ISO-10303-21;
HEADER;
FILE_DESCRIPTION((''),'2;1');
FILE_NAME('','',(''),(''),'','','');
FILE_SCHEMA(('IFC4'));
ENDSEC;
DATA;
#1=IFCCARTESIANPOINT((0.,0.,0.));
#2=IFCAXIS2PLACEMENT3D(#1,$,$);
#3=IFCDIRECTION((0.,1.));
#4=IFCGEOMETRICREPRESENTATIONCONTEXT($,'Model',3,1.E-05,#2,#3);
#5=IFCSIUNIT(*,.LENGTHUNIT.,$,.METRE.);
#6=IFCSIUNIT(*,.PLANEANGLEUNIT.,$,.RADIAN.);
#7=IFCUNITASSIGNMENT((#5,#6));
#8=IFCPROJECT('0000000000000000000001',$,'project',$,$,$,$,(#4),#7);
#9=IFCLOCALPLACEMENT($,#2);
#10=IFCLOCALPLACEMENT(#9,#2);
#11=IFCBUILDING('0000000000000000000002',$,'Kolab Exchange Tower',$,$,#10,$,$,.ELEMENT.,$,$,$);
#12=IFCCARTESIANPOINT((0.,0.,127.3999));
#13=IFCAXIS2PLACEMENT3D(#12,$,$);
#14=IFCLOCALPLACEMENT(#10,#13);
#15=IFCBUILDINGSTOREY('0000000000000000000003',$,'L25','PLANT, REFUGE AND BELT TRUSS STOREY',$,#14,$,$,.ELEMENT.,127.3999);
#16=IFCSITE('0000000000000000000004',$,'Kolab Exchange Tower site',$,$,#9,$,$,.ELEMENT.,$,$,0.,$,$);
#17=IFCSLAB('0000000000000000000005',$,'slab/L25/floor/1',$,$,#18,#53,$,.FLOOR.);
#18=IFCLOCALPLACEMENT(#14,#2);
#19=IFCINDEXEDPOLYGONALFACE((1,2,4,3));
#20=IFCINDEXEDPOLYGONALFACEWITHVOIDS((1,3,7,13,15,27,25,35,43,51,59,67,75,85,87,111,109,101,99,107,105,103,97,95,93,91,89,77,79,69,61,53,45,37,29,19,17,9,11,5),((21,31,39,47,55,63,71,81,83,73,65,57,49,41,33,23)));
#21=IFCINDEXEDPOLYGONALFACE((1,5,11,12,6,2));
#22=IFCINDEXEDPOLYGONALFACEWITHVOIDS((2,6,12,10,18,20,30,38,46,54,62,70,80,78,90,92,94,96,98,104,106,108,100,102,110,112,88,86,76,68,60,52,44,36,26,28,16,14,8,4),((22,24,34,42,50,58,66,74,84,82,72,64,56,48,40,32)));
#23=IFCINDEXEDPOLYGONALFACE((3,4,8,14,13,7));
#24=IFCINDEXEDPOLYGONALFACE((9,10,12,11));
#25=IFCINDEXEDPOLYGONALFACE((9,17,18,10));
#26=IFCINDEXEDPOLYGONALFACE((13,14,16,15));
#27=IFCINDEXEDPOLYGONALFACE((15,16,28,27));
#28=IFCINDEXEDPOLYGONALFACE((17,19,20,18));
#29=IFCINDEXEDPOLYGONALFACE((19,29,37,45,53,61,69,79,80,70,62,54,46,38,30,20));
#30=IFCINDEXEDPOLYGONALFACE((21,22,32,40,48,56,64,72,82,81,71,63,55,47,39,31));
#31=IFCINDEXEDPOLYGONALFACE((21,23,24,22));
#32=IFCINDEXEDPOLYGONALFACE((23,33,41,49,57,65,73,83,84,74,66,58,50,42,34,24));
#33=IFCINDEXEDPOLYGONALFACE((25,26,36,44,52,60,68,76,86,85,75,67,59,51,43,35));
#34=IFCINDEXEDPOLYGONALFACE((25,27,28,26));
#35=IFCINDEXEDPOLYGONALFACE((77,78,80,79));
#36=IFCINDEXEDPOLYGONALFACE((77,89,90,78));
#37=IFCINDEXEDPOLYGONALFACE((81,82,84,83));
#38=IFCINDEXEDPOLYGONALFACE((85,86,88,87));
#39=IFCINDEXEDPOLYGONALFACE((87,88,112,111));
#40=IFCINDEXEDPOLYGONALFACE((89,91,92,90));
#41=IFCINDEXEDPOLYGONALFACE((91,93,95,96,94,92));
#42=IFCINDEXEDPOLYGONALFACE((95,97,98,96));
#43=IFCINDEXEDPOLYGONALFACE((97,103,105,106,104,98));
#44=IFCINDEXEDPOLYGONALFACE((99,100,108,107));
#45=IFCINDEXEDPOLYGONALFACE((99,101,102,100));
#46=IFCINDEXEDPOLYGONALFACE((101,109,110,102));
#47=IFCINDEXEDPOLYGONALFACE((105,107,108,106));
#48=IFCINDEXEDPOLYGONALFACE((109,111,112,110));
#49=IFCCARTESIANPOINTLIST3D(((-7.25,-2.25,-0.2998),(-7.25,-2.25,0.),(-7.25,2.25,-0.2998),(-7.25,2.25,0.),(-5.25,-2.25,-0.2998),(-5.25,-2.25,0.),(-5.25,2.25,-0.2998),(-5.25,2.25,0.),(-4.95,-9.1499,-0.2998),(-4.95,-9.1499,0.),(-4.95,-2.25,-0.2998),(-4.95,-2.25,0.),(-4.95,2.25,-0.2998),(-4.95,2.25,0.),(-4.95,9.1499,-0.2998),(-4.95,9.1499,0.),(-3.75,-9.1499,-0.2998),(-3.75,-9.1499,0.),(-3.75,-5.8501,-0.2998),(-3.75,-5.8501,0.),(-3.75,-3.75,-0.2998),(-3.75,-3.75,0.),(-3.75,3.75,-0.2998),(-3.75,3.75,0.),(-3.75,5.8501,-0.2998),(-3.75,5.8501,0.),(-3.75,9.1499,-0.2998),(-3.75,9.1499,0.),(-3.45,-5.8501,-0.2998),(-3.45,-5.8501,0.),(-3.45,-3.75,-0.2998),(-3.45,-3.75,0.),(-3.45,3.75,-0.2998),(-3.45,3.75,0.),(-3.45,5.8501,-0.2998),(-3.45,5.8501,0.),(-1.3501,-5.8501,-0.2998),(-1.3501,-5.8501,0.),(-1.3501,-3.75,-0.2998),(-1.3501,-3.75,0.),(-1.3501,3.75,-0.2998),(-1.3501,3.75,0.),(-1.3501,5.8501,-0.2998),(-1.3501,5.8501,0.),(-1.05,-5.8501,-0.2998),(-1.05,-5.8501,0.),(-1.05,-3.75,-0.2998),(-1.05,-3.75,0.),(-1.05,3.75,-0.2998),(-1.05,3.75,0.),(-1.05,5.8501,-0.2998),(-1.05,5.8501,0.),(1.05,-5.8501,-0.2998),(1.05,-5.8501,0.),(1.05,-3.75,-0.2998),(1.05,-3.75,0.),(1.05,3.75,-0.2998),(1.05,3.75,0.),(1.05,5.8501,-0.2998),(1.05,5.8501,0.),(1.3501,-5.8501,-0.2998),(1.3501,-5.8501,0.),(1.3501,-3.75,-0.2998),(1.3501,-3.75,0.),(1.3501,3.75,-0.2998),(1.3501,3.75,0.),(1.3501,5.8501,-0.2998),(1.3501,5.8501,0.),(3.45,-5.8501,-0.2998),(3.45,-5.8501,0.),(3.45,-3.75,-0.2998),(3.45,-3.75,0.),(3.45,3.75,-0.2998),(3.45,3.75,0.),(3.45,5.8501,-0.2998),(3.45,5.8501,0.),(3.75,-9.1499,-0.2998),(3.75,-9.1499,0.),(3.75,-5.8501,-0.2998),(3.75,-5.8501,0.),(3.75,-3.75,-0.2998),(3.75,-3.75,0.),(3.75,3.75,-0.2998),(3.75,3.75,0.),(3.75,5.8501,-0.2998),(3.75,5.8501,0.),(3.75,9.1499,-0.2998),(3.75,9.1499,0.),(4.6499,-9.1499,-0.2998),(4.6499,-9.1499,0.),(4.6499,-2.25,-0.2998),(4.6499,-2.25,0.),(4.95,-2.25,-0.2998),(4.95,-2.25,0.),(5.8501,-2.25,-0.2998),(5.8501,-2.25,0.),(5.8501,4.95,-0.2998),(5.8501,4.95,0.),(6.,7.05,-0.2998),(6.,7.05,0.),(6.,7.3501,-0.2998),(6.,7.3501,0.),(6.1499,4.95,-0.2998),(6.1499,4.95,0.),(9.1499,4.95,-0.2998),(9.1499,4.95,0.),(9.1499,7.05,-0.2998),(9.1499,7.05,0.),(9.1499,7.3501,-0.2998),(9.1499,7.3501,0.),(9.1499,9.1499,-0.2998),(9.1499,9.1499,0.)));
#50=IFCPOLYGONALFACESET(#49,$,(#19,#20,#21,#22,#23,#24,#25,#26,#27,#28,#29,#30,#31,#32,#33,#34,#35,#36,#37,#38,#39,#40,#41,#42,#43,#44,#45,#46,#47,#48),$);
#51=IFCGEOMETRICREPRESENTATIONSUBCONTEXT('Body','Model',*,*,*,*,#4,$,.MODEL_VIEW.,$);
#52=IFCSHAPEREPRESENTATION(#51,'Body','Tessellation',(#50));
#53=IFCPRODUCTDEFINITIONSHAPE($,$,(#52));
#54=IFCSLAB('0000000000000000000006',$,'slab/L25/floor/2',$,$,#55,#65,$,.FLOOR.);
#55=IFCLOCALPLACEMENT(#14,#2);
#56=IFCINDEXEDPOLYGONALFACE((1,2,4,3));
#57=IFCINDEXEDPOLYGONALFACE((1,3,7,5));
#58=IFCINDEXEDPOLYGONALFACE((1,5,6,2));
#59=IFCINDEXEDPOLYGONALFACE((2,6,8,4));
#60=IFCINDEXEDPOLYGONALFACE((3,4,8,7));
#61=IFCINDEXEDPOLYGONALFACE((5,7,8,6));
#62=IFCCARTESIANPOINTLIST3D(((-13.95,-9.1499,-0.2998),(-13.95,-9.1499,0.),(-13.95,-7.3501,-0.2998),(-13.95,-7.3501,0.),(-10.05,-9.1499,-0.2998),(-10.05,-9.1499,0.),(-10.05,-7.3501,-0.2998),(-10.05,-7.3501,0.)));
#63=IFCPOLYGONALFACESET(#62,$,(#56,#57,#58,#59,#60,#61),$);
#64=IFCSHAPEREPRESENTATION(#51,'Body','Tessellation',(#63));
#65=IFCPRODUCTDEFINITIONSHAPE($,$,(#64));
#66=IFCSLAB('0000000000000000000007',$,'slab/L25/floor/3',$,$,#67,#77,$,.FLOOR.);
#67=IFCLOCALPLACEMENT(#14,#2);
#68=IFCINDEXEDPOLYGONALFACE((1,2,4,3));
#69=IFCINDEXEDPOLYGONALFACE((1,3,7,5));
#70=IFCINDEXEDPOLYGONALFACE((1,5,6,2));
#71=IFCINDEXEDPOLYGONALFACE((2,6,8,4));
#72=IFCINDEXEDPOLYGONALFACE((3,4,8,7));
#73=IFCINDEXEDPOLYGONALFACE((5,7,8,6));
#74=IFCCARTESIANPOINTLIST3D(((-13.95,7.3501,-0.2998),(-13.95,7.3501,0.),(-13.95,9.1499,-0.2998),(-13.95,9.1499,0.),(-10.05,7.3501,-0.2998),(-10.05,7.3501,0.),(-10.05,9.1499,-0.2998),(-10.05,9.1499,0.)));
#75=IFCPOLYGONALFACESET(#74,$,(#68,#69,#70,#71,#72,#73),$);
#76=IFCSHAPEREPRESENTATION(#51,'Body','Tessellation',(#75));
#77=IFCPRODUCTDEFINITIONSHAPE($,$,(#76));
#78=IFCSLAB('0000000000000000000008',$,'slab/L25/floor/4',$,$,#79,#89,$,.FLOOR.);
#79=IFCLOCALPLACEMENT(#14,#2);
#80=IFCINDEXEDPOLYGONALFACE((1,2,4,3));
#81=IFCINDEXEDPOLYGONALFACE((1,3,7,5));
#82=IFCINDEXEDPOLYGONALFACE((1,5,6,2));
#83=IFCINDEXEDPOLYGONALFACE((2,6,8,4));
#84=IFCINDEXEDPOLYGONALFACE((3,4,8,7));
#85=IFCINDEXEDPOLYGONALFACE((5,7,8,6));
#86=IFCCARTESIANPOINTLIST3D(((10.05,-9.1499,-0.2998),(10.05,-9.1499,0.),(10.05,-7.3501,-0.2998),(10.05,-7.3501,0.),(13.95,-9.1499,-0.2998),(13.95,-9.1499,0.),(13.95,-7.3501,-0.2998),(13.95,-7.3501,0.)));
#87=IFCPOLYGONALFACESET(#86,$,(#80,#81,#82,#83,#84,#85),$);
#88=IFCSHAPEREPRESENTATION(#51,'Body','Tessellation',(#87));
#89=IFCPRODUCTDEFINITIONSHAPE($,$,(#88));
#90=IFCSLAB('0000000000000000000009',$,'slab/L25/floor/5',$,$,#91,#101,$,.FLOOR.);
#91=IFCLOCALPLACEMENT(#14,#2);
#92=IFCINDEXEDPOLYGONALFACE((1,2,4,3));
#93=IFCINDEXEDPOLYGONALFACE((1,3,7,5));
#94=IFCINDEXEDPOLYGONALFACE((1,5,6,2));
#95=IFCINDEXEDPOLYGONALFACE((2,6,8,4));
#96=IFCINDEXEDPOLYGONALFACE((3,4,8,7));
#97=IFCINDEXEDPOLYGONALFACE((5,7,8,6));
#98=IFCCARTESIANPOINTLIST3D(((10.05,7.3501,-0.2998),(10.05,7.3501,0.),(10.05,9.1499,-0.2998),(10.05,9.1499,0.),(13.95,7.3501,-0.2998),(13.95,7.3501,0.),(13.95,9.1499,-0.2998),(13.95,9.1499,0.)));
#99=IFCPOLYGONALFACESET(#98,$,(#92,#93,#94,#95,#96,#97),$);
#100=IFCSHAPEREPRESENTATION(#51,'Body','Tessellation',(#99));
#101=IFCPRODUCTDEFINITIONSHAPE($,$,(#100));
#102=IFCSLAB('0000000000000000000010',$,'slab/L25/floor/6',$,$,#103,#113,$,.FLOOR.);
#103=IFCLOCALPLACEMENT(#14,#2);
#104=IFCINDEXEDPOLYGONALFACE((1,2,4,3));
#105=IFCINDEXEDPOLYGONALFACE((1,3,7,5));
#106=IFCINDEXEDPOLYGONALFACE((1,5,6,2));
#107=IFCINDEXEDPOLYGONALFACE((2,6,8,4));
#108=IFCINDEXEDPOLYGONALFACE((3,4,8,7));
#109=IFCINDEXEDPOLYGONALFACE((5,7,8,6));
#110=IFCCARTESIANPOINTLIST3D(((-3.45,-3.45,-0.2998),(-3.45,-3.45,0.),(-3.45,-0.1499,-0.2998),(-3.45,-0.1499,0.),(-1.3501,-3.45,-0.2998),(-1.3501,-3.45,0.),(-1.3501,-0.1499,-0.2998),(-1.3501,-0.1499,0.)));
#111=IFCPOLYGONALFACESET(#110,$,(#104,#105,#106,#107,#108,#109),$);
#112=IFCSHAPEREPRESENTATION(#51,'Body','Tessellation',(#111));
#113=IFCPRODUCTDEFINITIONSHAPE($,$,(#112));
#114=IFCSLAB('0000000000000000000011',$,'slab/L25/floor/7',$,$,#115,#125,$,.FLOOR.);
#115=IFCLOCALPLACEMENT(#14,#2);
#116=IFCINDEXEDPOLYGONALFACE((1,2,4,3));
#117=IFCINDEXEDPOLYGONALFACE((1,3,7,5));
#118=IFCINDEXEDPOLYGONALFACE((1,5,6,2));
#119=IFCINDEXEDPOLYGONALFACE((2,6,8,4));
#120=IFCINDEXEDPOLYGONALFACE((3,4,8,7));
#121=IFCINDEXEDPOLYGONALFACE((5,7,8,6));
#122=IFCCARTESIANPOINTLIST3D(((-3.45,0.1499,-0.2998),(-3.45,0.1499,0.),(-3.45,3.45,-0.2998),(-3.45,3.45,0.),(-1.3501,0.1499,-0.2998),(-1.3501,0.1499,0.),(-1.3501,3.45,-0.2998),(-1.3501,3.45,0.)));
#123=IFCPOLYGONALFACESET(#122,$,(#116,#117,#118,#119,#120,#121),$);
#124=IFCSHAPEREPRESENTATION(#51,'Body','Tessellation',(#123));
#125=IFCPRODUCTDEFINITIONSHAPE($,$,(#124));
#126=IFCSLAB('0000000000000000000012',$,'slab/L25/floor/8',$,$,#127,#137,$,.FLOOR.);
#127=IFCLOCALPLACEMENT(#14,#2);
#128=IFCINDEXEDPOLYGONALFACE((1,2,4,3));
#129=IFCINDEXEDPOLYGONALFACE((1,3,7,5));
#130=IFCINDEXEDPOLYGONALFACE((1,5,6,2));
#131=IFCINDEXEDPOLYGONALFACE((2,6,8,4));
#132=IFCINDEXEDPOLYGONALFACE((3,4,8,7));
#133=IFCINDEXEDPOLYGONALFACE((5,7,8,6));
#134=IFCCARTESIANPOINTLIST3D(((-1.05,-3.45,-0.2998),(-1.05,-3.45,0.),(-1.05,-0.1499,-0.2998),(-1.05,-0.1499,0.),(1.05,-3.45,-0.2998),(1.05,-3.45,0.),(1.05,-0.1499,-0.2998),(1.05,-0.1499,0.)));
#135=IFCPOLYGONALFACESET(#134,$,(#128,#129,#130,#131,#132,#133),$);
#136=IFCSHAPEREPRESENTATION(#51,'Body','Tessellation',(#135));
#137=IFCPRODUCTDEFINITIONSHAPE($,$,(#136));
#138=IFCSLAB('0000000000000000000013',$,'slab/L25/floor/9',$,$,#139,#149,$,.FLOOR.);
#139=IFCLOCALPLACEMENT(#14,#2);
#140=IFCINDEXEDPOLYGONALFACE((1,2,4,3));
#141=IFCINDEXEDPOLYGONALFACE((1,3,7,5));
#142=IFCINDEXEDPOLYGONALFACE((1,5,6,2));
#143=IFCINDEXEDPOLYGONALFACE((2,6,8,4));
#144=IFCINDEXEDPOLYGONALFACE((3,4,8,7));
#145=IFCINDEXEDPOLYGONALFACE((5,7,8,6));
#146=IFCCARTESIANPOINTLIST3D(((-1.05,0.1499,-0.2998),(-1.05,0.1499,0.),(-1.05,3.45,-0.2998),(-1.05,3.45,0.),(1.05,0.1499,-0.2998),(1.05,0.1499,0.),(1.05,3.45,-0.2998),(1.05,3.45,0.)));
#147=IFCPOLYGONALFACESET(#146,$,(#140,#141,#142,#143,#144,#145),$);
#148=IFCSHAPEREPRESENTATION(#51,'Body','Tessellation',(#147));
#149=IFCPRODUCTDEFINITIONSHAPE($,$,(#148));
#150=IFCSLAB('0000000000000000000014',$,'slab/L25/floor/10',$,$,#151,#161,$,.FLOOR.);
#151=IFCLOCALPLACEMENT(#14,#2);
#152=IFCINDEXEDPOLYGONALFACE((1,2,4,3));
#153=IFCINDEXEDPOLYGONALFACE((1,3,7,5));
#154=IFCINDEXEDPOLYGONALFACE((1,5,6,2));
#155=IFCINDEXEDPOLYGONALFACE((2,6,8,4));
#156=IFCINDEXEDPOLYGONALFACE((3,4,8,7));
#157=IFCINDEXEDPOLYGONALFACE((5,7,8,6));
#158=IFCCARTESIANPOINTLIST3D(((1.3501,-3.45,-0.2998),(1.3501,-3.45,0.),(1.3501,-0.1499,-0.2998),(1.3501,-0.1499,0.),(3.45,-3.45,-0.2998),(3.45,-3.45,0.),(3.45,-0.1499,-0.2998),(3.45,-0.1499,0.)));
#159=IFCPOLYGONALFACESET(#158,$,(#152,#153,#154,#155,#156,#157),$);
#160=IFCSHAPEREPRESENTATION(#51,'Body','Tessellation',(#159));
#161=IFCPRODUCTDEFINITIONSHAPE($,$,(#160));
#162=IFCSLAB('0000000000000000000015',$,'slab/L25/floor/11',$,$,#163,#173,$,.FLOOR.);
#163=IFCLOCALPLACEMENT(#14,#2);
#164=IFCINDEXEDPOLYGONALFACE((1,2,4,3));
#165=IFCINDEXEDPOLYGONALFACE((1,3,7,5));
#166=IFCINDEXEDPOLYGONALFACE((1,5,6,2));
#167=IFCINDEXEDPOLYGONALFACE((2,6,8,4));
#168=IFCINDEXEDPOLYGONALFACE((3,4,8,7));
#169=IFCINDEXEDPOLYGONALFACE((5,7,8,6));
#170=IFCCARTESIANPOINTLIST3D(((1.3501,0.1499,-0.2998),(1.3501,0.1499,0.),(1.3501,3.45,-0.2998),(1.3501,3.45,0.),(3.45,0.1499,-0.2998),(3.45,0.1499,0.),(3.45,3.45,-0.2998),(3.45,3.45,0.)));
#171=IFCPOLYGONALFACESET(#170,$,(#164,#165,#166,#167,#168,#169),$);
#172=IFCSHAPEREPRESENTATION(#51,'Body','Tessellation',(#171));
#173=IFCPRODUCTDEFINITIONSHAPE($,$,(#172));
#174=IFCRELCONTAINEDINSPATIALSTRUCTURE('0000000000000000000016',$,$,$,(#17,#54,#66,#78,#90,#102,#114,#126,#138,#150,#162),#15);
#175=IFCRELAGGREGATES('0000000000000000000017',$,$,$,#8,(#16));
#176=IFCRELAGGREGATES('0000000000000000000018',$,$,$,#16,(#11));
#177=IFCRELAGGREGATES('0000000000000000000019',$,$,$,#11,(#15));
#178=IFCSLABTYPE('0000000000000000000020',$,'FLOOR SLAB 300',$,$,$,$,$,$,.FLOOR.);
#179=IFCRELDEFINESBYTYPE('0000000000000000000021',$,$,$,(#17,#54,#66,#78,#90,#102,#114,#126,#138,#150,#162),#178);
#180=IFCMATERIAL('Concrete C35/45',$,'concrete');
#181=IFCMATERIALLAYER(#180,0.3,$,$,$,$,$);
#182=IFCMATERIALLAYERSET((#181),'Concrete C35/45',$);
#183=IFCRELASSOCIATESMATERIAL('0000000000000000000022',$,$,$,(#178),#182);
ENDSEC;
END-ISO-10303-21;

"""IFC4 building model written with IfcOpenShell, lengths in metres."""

from ifc_helpers import new_model, si_unit, direction, frame, origin, place, context, subcontext, project, spatial, polyline, outline, extrude, material, layer, layer_set, type_object, element, save


model = new_model("IFC4")

# Units and contexts
model_context = context("Model", 3, precision=1e-05, world=origin(), true_north=direction((0.0, 1.0)))
body_context = subcontext(model_context, "Body", "Model", "MODEL_VIEW")
ifc_project = project(units=[si_unit("LENGTHUNIT", "METRE"), si_unit("PLANEANGLEUNIT", "RADIAN")], contexts=[model_context])

# Site, building, storey
site_placement = place(None, origin())
site = spatial("IfcSite", under=ifc_project, at=site_placement, Name="Kolab Exchange Tower site", CompositionType="ELEMENT", RefElevation=0.0)
building_placement = place(site_placement, origin())
building = spatial("IfcBuilding", under=site, at=building_placement, Name="Kolab Exchange Tower", CompositionType="ELEMENT")
storey_placement = place(building_placement, frame((0.0, 0.0, 127.3999)))
storey = spatial("IfcBuildingStorey", under=building, at=storey_placement, Name="L25", Description="PLANT, REFUGE AND BELT TRUSS STOREY", CompositionType="ELEMENT", Elevation=127.3999)

# Slabs
ifc_material_1 = material(Name="Concrete C35/45", Category="concrete")
ifc_layer_1 = layer(ifc_material_1, 0.3)
ifc_layer_set_1 = layer_set([ifc_layer_1], Name="Concrete C35/45")
slab_type = type_object("IfcSlabType", Name="FLOOR SLAB 300", PredefinedType="FLOOR", material=ifc_layer_set_1)
slab_1_placement = place(storey_placement, frame((0.0, 0.0, -0.2998)))
element("IfcSlab", 1, at=slab_1_placement, inside=storey, type_object=slab_type, Name="slab/L25/floor/1", PredefinedType="FLOOR", context=body_context, shape_type="SweptSolid", body=[
    extrude(outline(polyline([(-4.95, 9.1499), (-4.95, 2.25), (-5.25, 2.25), (-7.25, 2.25), (-7.25, -2.25), (-5.25, -2.25), (-4.95, -2.25), (-4.95, -9.1499), (-3.75, -9.1499), (-3.75, -5.8501), (-3.45, -5.8501), (-1.3501, -5.8501), (-1.05, -5.8501), (1.05, -5.8501), (1.3501, -5.8501), (3.45, -5.8501), (3.75, -5.8501), (3.75, -9.1499), (4.6499, -9.1499), (4.6499, -2.25), (4.95, -2.25), (5.8501, -2.25), (5.8501, 4.95), (6.1499, 4.95), (9.1499, 4.95), (9.1499, 7.05), (6.0, 7.05), (6.0, 7.3501), (9.1499, 7.3501), (9.1499, 9.1499), (3.75, 9.1499), (3.75, 5.8501), (3.45, 5.8501), (1.3501, 5.8501), (1.05, 5.8501), (-1.05, 5.8501), (-1.3501, 5.8501), (-3.45, 5.8501), (-3.75, 5.8501), (-3.75, 9.1499), (-4.95, 9.1499)]), holes=[polyline([(-3.75, -3.75), (-3.75, 3.75), (-3.45, 3.75), (-1.3501, 3.75), (-1.05, 3.75), (1.05, 3.75), (1.3501, 3.75), (3.45, 3.75), (3.75, 3.75), (3.75, -3.75), (3.45, -3.75), (1.3501, -3.75), (1.05, -3.75), (-1.05, -3.75), (-1.3501, -3.75), (-3.45, -3.75), (-3.75, -3.75)])]), origin(), (0.0, 0.0, 1.0), 0.2998),
])
slab_2_placement = place(storey_placement, frame((0.0, 0.0, -0.2998)))
element("IfcSlab", 2, at=slab_2_placement, inside=storey, type_object=slab_type, Name="slab/L25/floor/2", PredefinedType="FLOOR", context=body_context, shape_type="SweptSolid", body=[
    extrude(outline(polyline([(-10.05, -9.1499), (-10.05, -7.3501), (-13.95, -7.3501), (-13.95, -9.1499), (-10.05, -9.1499)])), origin(), (0.0, 0.0, 1.0), 0.2998),
])
slab_3_placement = place(storey_placement, frame((0.0, 0.0, -0.2998)))
element("IfcSlab", 3, at=slab_3_placement, inside=storey, type_object=slab_type, Name="slab/L25/floor/3", PredefinedType="FLOOR", context=body_context, shape_type="SweptSolid", body=[
    extrude(outline(polyline([(-10.05, 9.1499), (-13.95, 9.1499), (-13.95, 7.3501), (-10.05, 7.3501), (-10.05, 9.1499)])), origin(), (0.0, 0.0, 1.0), 0.2998),
])
slab_4_placement = place(storey_placement, frame((0.0, 0.0, -0.2998)))
element("IfcSlab", 4, at=slab_4_placement, inside=storey, type_object=slab_type, Name="slab/L25/floor/4", PredefinedType="FLOOR", context=body_context, shape_type="SweptSolid", body=[
    extrude(outline(polyline([(10.05, -9.1499), (13.95, -9.1499), (13.95, -7.3501), (10.05, -7.3501), (10.05, -9.1499)])), origin(), (0.0, 0.0, 1.0), 0.2998),
])
slab_5_placement = place(storey_placement, frame((0.0, 0.0, -0.2998)))
element("IfcSlab", 5, at=slab_5_placement, inside=storey, type_object=slab_type, Name="slab/L25/floor/5", PredefinedType="FLOOR", context=body_context, shape_type="SweptSolid", body=[
    extrude(outline(polyline([(13.95, 9.1499), (10.05, 9.1499), (10.05, 7.3501), (13.95, 7.3501), (13.95, 9.1499)])), origin(), (0.0, 0.0, 1.0), 0.2998),
])
slab_6_placement = place(storey_placement, frame((0.0, 0.0, -0.2998)))
element("IfcSlab", 6, at=slab_6_placement, inside=storey, type_object=slab_type, Name="slab/L25/floor/6", PredefinedType="FLOOR", context=body_context, shape_type="SweptSolid", body=[
    extrude(outline(polyline([(-1.3501, -3.45), (-1.3501, -0.1499), (-3.45, -0.1499), (-3.45, -3.45), (-1.3501, -3.45)])), origin(), (0.0, 0.0, 1.0), 0.2998),
])
slab_7_placement = place(storey_placement, frame((0.0, 0.0, -0.2998)))
element("IfcSlab", 7, at=slab_7_placement, inside=storey, type_object=slab_type, Name="slab/L25/floor/7", PredefinedType="FLOOR", context=body_context, shape_type="SweptSolid", body=[
    extrude(outline(polyline([(-1.3501, 0.1499), (-1.3501, 3.45), (-3.45, 3.45), (-3.45, 0.1499), (-1.3501, 0.1499)])), origin(), (0.0, 0.0, 1.0), 0.2998),
])
slab_8_placement = place(storey_placement, frame((0.0, 0.0, -0.2998)))
element("IfcSlab", 8, at=slab_8_placement, inside=storey, type_object=slab_type, Name="slab/L25/floor/8", PredefinedType="FLOOR", context=body_context, shape_type="SweptSolid", body=[
    extrude(outline(polyline([(-1.05, -0.1499), (-1.05, -3.45), (1.05, -3.45), (1.05, -0.1499), (-1.05, -0.1499)])), origin(), (0.0, 0.0, 1.0), 0.2998),
])
slab_9_placement = place(storey_placement, frame((0.0, 0.0, -0.2998)))
element("IfcSlab", 9, at=slab_9_placement, inside=storey, type_object=slab_type, Name="slab/L25/floor/9", PredefinedType="FLOOR", context=body_context, shape_type="SweptSolid", body=[
    extrude(outline(polyline([(-1.05, 3.45), (-1.05, 0.1499), (1.05, 0.1499), (1.05, 3.45), (-1.05, 3.45)])), origin(), (0.0, 0.0, 1.0), 0.2998),
])
slab_10_placement = place(storey_placement, frame((0.0, 0.0, -0.2998)))
element("IfcSlab", 10, at=slab_10_placement, inside=storey, type_object=slab_type, Name="slab/L25/floor/10", PredefinedType="FLOOR", context=body_context, shape_type="SweptSolid", body=[
    extrude(outline(polyline([(1.3501, -3.45), (3.45, -3.45), (3.45, -0.1499), (1.3501, -0.1499), (1.3501, -3.45)])), origin(), (0.0, 0.0, 1.0), 0.2998),
])
slab_11_placement = place(storey_placement, frame((0.0, 0.0, -0.2998)))
element("IfcSlab", 11, at=slab_11_placement, inside=storey, type_object=slab_type, Name="slab/L25/floor/11", PredefinedType="FLOOR", context=body_context, shape_type="SweptSolid", body=[
    extrude(outline(polyline([(1.3501, 0.1499), (3.45, 0.1499), (3.45, 3.45), (1.3501, 3.45), (1.3501, 0.1499)])), origin(), (0.0, 0.0, 1.0), 0.2998),
])

save(model, "model.ifc")
